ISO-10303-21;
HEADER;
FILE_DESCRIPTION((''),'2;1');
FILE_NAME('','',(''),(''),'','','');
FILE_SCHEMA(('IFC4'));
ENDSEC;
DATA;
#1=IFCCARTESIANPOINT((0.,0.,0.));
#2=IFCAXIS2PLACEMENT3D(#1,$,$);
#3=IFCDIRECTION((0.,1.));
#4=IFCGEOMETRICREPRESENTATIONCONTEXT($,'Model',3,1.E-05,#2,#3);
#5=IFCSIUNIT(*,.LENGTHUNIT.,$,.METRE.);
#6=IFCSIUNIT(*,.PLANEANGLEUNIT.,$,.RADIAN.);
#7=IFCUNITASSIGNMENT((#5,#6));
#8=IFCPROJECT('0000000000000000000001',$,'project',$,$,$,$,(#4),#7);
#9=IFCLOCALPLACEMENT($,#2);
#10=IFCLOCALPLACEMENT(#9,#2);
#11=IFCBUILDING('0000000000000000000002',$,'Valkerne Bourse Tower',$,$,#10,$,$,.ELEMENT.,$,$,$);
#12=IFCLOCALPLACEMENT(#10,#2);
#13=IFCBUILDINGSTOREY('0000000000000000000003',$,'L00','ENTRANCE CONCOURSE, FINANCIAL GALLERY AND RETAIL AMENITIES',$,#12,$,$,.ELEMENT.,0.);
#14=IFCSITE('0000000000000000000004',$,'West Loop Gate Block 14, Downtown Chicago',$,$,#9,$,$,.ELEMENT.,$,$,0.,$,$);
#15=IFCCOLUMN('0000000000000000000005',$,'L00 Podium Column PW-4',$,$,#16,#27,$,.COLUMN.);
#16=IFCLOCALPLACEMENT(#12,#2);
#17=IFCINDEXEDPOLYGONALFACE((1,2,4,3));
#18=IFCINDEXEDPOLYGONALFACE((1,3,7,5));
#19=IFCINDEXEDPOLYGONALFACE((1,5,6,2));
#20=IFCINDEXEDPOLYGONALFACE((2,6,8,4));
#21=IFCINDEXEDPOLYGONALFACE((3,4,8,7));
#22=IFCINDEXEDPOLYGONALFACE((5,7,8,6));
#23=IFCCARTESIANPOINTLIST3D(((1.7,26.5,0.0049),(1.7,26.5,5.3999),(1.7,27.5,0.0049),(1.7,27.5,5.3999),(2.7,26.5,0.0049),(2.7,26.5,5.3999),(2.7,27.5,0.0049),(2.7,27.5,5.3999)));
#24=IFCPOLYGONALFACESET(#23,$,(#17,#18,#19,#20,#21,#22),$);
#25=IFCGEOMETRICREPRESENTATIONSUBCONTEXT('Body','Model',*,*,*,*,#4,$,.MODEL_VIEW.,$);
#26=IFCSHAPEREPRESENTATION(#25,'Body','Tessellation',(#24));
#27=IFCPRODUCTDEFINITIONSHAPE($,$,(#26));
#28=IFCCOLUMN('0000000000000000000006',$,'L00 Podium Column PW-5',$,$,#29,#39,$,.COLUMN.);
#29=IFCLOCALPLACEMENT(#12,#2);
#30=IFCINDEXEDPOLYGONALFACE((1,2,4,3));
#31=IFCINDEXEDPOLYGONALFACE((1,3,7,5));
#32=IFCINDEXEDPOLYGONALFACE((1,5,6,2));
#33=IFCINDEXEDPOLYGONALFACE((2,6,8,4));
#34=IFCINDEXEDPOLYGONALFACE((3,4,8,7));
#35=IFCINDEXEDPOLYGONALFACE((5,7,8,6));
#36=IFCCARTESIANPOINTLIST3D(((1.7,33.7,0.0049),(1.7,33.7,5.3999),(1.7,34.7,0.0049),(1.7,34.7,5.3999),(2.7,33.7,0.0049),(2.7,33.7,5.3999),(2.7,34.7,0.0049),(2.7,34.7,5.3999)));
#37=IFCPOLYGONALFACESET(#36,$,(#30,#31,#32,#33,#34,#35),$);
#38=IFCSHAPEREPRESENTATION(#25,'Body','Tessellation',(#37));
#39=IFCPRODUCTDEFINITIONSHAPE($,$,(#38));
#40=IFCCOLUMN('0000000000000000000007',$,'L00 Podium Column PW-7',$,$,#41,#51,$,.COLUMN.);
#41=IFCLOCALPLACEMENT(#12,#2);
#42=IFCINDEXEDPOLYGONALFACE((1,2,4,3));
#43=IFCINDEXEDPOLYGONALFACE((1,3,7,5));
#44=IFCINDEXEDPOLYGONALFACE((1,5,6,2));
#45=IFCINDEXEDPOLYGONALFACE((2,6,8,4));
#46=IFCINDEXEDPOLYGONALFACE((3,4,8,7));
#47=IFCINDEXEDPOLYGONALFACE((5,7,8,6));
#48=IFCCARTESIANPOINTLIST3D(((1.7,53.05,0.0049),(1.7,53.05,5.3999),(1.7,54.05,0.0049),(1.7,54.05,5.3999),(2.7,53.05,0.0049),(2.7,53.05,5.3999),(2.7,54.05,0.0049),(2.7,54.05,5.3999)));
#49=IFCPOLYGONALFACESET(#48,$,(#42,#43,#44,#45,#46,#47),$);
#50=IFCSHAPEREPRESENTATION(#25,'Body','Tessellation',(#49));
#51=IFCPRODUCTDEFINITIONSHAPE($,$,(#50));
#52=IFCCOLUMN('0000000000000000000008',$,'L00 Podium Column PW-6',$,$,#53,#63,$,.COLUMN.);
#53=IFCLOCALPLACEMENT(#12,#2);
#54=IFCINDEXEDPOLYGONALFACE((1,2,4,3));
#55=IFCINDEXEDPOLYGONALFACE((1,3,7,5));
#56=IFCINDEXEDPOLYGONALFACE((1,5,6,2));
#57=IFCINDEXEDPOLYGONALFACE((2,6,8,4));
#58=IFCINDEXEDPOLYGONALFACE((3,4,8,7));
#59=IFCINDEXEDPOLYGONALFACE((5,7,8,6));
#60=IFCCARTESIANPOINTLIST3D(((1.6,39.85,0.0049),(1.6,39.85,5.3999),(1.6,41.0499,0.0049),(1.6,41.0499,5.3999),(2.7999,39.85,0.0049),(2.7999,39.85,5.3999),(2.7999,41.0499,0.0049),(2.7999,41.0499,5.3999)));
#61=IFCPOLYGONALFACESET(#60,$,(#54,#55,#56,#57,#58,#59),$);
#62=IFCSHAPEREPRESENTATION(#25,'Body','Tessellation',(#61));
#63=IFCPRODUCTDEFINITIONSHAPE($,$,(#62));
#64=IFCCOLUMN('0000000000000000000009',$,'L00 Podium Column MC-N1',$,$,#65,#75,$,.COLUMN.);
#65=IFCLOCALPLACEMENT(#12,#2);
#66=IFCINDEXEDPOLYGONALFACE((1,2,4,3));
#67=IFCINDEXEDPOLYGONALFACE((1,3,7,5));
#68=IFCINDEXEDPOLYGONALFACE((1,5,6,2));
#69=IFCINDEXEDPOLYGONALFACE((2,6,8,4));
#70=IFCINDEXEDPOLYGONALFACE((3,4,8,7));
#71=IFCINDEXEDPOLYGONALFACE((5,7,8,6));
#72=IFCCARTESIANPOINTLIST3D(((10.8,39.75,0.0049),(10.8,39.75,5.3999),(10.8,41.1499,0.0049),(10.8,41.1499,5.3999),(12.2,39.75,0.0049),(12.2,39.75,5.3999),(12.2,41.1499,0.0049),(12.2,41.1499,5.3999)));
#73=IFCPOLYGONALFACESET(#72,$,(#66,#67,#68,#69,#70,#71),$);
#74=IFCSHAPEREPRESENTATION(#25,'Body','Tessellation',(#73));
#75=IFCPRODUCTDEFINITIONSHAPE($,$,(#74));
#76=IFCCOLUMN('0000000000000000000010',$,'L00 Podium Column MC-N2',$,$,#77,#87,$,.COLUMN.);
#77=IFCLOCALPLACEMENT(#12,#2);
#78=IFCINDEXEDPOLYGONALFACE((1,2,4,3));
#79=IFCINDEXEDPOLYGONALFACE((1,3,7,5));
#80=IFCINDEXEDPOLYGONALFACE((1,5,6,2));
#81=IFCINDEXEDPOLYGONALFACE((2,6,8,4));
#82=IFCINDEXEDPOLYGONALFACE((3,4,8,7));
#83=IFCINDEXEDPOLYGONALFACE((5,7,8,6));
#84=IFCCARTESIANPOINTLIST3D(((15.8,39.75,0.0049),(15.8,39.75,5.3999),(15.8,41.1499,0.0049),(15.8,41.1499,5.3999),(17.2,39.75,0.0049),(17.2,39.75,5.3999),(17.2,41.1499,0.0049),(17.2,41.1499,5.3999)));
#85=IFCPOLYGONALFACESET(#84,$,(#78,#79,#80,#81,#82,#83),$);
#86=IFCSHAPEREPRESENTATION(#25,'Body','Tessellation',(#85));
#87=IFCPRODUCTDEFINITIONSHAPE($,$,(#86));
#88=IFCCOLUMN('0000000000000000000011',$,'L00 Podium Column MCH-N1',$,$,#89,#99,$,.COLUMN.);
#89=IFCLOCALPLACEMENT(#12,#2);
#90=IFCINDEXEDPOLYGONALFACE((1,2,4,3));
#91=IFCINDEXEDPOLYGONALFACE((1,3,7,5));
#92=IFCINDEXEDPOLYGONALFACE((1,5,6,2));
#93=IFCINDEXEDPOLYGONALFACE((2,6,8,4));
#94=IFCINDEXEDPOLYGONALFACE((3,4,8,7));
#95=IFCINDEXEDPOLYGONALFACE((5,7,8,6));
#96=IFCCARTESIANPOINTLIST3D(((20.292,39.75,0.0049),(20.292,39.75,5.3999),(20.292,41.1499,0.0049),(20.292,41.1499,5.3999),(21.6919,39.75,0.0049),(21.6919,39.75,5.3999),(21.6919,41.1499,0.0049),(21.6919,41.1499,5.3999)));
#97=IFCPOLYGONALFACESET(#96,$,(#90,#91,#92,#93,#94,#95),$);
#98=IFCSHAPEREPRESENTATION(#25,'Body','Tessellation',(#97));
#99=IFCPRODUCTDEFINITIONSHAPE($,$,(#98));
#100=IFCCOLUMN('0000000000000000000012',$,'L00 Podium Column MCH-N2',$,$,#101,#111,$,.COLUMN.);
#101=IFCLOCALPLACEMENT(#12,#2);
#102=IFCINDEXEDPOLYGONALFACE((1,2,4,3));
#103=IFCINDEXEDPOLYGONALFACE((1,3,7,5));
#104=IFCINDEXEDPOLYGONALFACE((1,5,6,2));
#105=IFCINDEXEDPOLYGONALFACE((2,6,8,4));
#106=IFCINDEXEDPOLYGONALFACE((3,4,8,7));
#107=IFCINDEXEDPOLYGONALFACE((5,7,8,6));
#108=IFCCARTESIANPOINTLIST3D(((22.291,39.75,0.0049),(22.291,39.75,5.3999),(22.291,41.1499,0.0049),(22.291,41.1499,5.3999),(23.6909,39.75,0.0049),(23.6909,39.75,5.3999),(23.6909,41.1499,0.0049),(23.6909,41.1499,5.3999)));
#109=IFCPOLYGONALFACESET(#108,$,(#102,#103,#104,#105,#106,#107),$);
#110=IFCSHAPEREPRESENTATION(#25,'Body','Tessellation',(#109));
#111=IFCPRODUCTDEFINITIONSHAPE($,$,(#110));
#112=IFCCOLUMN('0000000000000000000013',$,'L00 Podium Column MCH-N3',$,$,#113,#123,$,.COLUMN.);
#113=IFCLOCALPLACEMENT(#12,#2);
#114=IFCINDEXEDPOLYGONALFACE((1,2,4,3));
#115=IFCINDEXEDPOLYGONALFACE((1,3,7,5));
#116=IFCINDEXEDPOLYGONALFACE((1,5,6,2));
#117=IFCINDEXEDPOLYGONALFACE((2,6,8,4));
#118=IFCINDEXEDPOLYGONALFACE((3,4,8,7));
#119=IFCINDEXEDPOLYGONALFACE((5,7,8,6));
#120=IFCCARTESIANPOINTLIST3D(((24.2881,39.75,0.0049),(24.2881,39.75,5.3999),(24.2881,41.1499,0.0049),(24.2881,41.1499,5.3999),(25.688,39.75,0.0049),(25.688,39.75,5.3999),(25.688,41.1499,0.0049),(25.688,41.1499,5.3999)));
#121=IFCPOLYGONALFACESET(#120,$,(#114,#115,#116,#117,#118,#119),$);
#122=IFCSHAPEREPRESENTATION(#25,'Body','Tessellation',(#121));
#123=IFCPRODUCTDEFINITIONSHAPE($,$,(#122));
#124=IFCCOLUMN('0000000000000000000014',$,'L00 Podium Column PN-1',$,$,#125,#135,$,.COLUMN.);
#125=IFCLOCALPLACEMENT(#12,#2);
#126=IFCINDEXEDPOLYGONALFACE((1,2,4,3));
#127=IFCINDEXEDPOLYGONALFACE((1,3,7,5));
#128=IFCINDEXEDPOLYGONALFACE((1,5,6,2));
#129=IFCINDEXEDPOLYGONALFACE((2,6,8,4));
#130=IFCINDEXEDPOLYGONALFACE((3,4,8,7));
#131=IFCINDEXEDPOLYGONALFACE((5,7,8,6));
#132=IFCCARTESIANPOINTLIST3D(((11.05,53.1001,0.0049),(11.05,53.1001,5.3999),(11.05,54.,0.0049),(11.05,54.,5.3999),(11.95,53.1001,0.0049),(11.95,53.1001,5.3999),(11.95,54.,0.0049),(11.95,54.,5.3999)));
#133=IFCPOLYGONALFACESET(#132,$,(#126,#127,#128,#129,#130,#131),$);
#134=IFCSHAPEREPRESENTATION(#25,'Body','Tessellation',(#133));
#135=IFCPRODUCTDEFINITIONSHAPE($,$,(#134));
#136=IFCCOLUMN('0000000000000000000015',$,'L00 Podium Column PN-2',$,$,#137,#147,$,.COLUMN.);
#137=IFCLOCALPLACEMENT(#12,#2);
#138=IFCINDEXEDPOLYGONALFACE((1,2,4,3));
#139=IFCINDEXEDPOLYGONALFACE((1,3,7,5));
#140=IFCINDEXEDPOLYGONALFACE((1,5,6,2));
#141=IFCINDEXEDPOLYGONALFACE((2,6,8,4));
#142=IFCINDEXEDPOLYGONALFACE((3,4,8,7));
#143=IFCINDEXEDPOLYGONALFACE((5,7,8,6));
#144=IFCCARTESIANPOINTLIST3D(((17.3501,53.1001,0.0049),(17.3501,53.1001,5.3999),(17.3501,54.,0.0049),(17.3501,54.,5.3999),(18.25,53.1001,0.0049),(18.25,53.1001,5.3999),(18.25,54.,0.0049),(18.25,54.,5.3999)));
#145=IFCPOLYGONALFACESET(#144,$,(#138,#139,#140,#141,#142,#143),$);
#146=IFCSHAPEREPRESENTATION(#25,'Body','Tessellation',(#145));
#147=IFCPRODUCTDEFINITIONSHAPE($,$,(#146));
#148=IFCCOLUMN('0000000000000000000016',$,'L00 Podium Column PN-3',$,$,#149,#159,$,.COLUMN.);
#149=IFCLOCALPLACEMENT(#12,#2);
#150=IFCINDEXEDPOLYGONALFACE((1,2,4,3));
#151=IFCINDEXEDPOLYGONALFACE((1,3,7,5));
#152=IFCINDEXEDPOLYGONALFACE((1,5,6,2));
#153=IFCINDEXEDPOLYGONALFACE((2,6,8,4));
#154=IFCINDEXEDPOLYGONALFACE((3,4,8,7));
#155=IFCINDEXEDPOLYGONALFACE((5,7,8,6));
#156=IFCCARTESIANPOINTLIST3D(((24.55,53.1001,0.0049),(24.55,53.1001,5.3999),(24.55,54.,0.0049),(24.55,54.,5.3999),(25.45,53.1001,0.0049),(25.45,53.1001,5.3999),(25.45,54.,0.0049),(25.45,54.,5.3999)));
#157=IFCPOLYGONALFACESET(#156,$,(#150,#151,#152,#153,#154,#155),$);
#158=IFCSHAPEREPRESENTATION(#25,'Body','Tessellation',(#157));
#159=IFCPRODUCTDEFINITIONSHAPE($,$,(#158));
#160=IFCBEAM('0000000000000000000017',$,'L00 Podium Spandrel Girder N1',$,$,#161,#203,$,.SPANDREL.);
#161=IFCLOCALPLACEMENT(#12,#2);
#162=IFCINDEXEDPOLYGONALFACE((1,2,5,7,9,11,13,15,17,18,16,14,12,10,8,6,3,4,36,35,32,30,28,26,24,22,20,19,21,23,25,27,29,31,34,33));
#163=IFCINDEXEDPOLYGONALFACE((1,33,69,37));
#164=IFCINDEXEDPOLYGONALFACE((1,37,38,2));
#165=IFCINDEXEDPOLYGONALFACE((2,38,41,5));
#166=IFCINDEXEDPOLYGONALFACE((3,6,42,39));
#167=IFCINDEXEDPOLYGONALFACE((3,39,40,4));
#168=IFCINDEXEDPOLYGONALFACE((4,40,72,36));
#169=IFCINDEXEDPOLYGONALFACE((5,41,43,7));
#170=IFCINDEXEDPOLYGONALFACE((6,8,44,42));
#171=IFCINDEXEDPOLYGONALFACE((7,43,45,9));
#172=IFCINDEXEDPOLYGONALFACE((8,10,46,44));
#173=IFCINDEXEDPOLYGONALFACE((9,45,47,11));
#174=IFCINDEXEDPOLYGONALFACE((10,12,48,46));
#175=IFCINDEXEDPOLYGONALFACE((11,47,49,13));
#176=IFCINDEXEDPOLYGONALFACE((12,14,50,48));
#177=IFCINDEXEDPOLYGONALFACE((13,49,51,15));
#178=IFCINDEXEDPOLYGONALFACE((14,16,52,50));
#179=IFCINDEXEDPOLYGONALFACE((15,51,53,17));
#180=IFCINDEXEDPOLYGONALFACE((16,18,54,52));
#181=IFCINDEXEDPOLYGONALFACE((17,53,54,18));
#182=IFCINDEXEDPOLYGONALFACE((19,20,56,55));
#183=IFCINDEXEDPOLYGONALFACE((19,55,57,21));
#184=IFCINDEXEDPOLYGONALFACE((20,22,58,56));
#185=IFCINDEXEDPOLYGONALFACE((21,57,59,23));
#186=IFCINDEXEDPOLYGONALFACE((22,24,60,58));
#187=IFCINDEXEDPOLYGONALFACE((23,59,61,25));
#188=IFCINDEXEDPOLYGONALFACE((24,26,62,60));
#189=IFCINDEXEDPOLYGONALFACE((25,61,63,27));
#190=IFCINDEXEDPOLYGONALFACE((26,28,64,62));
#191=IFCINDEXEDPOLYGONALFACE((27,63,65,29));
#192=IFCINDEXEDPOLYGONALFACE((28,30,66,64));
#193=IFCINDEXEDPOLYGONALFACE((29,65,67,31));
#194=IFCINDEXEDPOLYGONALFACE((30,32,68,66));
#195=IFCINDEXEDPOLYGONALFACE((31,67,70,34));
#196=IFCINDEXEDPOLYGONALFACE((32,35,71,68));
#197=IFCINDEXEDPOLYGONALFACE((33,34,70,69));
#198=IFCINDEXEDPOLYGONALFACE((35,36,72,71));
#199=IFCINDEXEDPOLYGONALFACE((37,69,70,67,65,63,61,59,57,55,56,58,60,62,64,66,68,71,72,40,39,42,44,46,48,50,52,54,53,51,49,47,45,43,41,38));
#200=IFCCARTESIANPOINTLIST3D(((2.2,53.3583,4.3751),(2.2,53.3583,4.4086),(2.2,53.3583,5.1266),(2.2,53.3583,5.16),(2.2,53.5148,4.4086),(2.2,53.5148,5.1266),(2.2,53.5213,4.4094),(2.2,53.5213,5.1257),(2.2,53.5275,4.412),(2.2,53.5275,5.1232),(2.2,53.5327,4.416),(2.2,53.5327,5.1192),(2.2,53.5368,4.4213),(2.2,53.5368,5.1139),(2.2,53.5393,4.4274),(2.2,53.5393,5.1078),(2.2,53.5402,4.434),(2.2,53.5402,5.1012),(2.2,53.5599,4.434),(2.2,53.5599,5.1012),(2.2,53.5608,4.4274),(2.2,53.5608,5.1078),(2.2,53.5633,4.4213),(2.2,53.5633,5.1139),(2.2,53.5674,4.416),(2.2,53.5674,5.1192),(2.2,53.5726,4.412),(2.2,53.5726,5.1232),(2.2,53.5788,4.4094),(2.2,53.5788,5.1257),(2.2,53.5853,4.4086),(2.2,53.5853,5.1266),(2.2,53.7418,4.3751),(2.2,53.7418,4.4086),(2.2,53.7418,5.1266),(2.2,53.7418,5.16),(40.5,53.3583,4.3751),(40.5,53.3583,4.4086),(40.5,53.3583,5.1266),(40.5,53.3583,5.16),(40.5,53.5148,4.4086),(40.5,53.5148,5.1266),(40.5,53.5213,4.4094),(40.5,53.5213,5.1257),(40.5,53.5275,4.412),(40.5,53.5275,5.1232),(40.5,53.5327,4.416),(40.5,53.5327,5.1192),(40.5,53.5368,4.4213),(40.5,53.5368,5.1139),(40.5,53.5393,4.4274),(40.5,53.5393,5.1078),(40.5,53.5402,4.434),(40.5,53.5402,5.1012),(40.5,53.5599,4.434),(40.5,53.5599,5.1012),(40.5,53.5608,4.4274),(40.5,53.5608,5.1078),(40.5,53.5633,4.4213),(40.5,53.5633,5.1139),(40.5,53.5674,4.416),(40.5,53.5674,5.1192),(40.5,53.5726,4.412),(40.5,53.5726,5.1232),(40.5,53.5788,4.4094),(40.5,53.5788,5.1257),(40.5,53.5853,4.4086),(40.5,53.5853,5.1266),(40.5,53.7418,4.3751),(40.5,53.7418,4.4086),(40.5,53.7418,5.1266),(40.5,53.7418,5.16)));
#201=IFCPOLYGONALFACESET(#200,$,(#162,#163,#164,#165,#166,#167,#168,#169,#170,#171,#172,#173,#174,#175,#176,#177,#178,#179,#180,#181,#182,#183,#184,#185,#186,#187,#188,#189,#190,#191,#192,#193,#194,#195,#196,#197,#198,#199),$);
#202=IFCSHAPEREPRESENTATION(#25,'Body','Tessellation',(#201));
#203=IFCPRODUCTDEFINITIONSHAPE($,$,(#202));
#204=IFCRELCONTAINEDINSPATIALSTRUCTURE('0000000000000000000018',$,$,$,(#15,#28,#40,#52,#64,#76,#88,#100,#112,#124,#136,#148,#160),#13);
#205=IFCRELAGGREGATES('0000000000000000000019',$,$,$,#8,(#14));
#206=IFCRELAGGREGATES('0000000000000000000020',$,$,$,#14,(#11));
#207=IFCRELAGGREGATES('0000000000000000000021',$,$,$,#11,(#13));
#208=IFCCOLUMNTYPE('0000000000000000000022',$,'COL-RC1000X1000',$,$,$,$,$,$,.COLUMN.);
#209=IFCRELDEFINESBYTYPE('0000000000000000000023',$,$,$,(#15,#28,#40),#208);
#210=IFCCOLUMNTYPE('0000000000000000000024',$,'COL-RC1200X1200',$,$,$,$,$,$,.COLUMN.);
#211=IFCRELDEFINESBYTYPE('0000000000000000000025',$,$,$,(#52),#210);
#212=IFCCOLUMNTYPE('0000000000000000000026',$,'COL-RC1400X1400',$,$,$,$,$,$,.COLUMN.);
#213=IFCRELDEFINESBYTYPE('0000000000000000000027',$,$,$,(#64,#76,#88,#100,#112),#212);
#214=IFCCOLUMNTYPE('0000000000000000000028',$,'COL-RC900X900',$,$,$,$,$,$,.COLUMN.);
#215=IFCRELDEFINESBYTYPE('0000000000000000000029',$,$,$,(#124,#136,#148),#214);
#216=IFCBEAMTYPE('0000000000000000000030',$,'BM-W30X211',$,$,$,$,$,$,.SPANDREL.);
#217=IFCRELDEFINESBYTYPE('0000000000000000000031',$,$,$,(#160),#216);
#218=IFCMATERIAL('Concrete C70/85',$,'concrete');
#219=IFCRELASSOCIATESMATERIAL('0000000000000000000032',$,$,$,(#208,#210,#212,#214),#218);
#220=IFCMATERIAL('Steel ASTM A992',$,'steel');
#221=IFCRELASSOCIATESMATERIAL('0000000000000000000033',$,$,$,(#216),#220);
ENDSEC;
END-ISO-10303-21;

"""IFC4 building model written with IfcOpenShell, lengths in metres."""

from ifc_helpers import new_model, si_unit, direction, frame, origin, origin_2d, place, context, subcontext, project, spatial, rectangle, i_section, extrude, material, material_profile, profile_set, type_object, element, save


model = new_model("IFC4")

# Units and contexts
model_context = context("Model", 3, precision=1e-05, world=origin(), true_north=direction((0.0, 1.0)))
body_context = subcontext(model_context, "Body", "Model", "MODEL_VIEW")
ifc_project = project(units=[si_unit("LENGTHUNIT", "METRE"), si_unit("PLANEANGLEUNIT", "RADIAN")], contexts=[model_context])

# Site, building, storey
site_placement = place(None, origin())
site = spatial("IfcSite", under=ifc_project, at=site_placement, Name="West Loop Gate Block 14, Downtown Chicago", CompositionType="ELEMENT", RefElevation=0.0)
building_placement = place(site_placement, origin())
building = spatial("IfcBuilding", under=site, at=building_placement, Name="Valkerne Bourse Tower", CompositionType="ELEMENT")
storey_placement = place(building_placement, origin())
storey = spatial("IfcBuildingStorey", under=building, at=storey_placement, Name="L00", Description="ENTRANCE CONCOURSE, FINANCIAL GALLERY AND RETAIL AMENITIES", CompositionType="ELEMENT", Elevation=0.0)

# Columns
ifc_material_1 = material(Name="Concrete C70/85", Category="concrete")
ifc_material_profile_1 = material_profile(ifc_material_1, rectangle(XDim=1.0, YDim=1.0, at=origin_2d()), Name="RC1000X1000")
ifc_profile_set_1 = profile_set([ifc_material_profile_1], Name="Concrete C70/85")
column_type_1 = type_object("IfcColumnType", Name="COL-RC1000X1000", PredefinedType="COLUMN", material=ifc_profile_set_1)
for number, where, z_axis, x_axis, name in (
    (1, (2.2, 27.0, 0.0049), (0.0, 0.0, 1.0), (1.0, 0.0, 0.0), "L00 Podium Column PW-4"),
    (2, (2.2, 34.2, 0.0049), (0.0, 0.0, 1.0), (1.0, 0.0, 0.0), "L00 Podium Column PW-5"),
    (3, (2.2, 53.55, 0.0049), (0.0, 0.0, 1.0), (1.0, 0.0, 0.0), "L00 Podium Column PW-7"),
):
    element("IfcColumn", number, at=place(storey_placement, frame(where, z_axis=z_axis, x_axis=x_axis)), inside=storey, type_object=column_type_1, Name=name, PredefinedType="COLUMN", context=body_context, shape_type="SweptSolid", body=[
        extrude(rectangle(XDim=1.0, YDim=1.0, at=origin_2d()), origin(), (0.0, 0.0, 1.0), 5.395),
    ])
ifc_material_profile_2 = material_profile(ifc_material_1, rectangle(XDim=1.2, YDim=1.2, at=origin_2d()), Name="RC1200X1200")
ifc_profile_set_2 = profile_set([ifc_material_profile_2], Name="Concrete C70/85")
column_type_2 = type_object("IfcColumnType", Name="COL-RC1200X1200", PredefinedType="COLUMN", material=ifc_profile_set_2)
column_placement = place(storey_placement, frame((2.2, 40.45, 0.0049), z_axis=(0.0, 0.0, 1.0), x_axis=(1.0, 0.0, 0.0)))
element("IfcColumn", 4, at=column_placement, inside=storey, type_object=column_type_2, Name="L00 Podium Column PW-6", PredefinedType="COLUMN", context=body_context, shape_type="SweptSolid", body=[
    extrude(rectangle(XDim=1.2, YDim=1.2, at=origin_2d()), origin(), (0.0, 0.0, 1.0), 5.395),
])
ifc_material_profile_3 = material_profile(ifc_material_1, rectangle(XDim=1.3999, YDim=1.3999, at=origin_2d()), Name="RC1400X1400")
ifc_profile_set_3 = profile_set([ifc_material_profile_3], Name="Concrete C70/85")
column_type_3 = type_object("IfcColumnType", Name="COL-RC1400X1400", PredefinedType="COLUMN", material=ifc_profile_set_3)
for number, where, z_axis, x_axis, name in (
    (5, (11.5, 40.45, 0.0049), (0.0, 0.0, 1.0), (1.0, 0.0, 0.0), "L00 Podium Column MC-N1"),
    (6, (16.5, 40.45, 0.0049), (0.0, 0.0, 1.0), (1.0, 0.0, 0.0), "L00 Podium Column MC-N2"),
    (7, (20.9919, 40.45, 0.0049), (0.0, 0.0, 1.0), (1.0, 0.0, 0.0), "L00 Podium Column MCH-N1"),
    (8, (22.991, 40.45, 0.0049), (0.0, 0.0, 1.0), (1.0, 0.0, 0.0), "L00 Podium Column MCH-N2"),
    (9, (24.988, 40.45, 0.0049), (0.0, 0.0, 1.0), (1.0, 0.0, 0.0), "L00 Podium Column MCH-N3"),
):
    element("IfcColumn", number, at=place(storey_placement, frame(where, z_axis=z_axis, x_axis=x_axis)), inside=storey, type_object=column_type_3, Name=name, PredefinedType="COLUMN", context=body_context, shape_type="SweptSolid", body=[
        extrude(rectangle(XDim=1.3999, YDim=1.3999, at=origin_2d()), origin(), (0.0, 0.0, 1.0), 5.395),
    ])
ifc_material_profile_4 = material_profile(ifc_material_1, rectangle(XDim=0.8999, YDim=0.8999, at=origin_2d()), Name="RC900X900")
ifc_profile_set_4 = profile_set([ifc_material_profile_4], Name="Concrete C70/85")
column_type_4 = type_object("IfcColumnType", Name="COL-RC900X900", PredefinedType="COLUMN", material=ifc_profile_set_4)
for number, where, z_axis, x_axis, name in (
    (10, (11.5, 53.55, 0.0049), (0.0, 0.0, 1.0), (1.0, 0.0, 0.0), "L00 Podium Column PN-1"),
    (11, (17.8, 53.55, 0.0049), (0.0, 0.0, 1.0), (1.0, 0.0, 0.0), "L00 Podium Column PN-2"),
    (12, (25.0, 53.55, 0.0049), (0.0, 0.0, 1.0), (1.0, 0.0, 0.0), "L00 Podium Column PN-3"),
):
    element("IfcColumn", number, at=place(storey_placement, frame(where, z_axis=z_axis, x_axis=x_axis)), inside=storey, type_object=column_type_4, Name=name, PredefinedType="COLUMN", context=body_context, shape_type="SweptSolid", body=[
        extrude(rectangle(XDim=0.8999, YDim=0.8999, at=origin_2d()), origin(), (0.0, 0.0, 1.0), 5.395),
    ])

# Beam
ifc_material_2 = material(Name="Steel ASTM A992", Category="steel")
ifc_material_profile_5 = material_profile(ifc_material_2, i_section(OverallWidth=0.3835, OverallDepth=0.7849, WebThickness=0.0198, FlangeThickness=0.0334, FilletRadius=0.0254, at=origin_2d()), Name="W30X211")
ifc_profile_set_5 = profile_set([ifc_material_profile_5], Name="Steel ASTM A992")
beam_type_1 = type_object("IfcBeamType", Name="BM-W30X211", PredefinedType="SPANDREL", material=ifc_profile_set_5)
beam_1_placement = place(storey_placement, frame((2.2, 53.55, 4.7676), z_axis=(1.0, 0.0, 0.0), x_axis=(0.0, 1.0, 0.0)))
element("IfcBeam", 13, at=beam_1_placement, inside=storey, type_object=beam_type_1, Name="L00 Podium Spandrel Girder N1", PredefinedType="SPANDREL", context=body_context, shape_type="SweptSolid", body=[
    extrude(i_section(OverallWidth=0.3835, OverallDepth=0.7849, WebThickness=0.0198, FlangeThickness=0.0334, FilletRadius=0.0254, at=origin_2d()), origin(), (0.0, 0.0, 1.0), 38.3),
])

save(model, "model.ifc")
